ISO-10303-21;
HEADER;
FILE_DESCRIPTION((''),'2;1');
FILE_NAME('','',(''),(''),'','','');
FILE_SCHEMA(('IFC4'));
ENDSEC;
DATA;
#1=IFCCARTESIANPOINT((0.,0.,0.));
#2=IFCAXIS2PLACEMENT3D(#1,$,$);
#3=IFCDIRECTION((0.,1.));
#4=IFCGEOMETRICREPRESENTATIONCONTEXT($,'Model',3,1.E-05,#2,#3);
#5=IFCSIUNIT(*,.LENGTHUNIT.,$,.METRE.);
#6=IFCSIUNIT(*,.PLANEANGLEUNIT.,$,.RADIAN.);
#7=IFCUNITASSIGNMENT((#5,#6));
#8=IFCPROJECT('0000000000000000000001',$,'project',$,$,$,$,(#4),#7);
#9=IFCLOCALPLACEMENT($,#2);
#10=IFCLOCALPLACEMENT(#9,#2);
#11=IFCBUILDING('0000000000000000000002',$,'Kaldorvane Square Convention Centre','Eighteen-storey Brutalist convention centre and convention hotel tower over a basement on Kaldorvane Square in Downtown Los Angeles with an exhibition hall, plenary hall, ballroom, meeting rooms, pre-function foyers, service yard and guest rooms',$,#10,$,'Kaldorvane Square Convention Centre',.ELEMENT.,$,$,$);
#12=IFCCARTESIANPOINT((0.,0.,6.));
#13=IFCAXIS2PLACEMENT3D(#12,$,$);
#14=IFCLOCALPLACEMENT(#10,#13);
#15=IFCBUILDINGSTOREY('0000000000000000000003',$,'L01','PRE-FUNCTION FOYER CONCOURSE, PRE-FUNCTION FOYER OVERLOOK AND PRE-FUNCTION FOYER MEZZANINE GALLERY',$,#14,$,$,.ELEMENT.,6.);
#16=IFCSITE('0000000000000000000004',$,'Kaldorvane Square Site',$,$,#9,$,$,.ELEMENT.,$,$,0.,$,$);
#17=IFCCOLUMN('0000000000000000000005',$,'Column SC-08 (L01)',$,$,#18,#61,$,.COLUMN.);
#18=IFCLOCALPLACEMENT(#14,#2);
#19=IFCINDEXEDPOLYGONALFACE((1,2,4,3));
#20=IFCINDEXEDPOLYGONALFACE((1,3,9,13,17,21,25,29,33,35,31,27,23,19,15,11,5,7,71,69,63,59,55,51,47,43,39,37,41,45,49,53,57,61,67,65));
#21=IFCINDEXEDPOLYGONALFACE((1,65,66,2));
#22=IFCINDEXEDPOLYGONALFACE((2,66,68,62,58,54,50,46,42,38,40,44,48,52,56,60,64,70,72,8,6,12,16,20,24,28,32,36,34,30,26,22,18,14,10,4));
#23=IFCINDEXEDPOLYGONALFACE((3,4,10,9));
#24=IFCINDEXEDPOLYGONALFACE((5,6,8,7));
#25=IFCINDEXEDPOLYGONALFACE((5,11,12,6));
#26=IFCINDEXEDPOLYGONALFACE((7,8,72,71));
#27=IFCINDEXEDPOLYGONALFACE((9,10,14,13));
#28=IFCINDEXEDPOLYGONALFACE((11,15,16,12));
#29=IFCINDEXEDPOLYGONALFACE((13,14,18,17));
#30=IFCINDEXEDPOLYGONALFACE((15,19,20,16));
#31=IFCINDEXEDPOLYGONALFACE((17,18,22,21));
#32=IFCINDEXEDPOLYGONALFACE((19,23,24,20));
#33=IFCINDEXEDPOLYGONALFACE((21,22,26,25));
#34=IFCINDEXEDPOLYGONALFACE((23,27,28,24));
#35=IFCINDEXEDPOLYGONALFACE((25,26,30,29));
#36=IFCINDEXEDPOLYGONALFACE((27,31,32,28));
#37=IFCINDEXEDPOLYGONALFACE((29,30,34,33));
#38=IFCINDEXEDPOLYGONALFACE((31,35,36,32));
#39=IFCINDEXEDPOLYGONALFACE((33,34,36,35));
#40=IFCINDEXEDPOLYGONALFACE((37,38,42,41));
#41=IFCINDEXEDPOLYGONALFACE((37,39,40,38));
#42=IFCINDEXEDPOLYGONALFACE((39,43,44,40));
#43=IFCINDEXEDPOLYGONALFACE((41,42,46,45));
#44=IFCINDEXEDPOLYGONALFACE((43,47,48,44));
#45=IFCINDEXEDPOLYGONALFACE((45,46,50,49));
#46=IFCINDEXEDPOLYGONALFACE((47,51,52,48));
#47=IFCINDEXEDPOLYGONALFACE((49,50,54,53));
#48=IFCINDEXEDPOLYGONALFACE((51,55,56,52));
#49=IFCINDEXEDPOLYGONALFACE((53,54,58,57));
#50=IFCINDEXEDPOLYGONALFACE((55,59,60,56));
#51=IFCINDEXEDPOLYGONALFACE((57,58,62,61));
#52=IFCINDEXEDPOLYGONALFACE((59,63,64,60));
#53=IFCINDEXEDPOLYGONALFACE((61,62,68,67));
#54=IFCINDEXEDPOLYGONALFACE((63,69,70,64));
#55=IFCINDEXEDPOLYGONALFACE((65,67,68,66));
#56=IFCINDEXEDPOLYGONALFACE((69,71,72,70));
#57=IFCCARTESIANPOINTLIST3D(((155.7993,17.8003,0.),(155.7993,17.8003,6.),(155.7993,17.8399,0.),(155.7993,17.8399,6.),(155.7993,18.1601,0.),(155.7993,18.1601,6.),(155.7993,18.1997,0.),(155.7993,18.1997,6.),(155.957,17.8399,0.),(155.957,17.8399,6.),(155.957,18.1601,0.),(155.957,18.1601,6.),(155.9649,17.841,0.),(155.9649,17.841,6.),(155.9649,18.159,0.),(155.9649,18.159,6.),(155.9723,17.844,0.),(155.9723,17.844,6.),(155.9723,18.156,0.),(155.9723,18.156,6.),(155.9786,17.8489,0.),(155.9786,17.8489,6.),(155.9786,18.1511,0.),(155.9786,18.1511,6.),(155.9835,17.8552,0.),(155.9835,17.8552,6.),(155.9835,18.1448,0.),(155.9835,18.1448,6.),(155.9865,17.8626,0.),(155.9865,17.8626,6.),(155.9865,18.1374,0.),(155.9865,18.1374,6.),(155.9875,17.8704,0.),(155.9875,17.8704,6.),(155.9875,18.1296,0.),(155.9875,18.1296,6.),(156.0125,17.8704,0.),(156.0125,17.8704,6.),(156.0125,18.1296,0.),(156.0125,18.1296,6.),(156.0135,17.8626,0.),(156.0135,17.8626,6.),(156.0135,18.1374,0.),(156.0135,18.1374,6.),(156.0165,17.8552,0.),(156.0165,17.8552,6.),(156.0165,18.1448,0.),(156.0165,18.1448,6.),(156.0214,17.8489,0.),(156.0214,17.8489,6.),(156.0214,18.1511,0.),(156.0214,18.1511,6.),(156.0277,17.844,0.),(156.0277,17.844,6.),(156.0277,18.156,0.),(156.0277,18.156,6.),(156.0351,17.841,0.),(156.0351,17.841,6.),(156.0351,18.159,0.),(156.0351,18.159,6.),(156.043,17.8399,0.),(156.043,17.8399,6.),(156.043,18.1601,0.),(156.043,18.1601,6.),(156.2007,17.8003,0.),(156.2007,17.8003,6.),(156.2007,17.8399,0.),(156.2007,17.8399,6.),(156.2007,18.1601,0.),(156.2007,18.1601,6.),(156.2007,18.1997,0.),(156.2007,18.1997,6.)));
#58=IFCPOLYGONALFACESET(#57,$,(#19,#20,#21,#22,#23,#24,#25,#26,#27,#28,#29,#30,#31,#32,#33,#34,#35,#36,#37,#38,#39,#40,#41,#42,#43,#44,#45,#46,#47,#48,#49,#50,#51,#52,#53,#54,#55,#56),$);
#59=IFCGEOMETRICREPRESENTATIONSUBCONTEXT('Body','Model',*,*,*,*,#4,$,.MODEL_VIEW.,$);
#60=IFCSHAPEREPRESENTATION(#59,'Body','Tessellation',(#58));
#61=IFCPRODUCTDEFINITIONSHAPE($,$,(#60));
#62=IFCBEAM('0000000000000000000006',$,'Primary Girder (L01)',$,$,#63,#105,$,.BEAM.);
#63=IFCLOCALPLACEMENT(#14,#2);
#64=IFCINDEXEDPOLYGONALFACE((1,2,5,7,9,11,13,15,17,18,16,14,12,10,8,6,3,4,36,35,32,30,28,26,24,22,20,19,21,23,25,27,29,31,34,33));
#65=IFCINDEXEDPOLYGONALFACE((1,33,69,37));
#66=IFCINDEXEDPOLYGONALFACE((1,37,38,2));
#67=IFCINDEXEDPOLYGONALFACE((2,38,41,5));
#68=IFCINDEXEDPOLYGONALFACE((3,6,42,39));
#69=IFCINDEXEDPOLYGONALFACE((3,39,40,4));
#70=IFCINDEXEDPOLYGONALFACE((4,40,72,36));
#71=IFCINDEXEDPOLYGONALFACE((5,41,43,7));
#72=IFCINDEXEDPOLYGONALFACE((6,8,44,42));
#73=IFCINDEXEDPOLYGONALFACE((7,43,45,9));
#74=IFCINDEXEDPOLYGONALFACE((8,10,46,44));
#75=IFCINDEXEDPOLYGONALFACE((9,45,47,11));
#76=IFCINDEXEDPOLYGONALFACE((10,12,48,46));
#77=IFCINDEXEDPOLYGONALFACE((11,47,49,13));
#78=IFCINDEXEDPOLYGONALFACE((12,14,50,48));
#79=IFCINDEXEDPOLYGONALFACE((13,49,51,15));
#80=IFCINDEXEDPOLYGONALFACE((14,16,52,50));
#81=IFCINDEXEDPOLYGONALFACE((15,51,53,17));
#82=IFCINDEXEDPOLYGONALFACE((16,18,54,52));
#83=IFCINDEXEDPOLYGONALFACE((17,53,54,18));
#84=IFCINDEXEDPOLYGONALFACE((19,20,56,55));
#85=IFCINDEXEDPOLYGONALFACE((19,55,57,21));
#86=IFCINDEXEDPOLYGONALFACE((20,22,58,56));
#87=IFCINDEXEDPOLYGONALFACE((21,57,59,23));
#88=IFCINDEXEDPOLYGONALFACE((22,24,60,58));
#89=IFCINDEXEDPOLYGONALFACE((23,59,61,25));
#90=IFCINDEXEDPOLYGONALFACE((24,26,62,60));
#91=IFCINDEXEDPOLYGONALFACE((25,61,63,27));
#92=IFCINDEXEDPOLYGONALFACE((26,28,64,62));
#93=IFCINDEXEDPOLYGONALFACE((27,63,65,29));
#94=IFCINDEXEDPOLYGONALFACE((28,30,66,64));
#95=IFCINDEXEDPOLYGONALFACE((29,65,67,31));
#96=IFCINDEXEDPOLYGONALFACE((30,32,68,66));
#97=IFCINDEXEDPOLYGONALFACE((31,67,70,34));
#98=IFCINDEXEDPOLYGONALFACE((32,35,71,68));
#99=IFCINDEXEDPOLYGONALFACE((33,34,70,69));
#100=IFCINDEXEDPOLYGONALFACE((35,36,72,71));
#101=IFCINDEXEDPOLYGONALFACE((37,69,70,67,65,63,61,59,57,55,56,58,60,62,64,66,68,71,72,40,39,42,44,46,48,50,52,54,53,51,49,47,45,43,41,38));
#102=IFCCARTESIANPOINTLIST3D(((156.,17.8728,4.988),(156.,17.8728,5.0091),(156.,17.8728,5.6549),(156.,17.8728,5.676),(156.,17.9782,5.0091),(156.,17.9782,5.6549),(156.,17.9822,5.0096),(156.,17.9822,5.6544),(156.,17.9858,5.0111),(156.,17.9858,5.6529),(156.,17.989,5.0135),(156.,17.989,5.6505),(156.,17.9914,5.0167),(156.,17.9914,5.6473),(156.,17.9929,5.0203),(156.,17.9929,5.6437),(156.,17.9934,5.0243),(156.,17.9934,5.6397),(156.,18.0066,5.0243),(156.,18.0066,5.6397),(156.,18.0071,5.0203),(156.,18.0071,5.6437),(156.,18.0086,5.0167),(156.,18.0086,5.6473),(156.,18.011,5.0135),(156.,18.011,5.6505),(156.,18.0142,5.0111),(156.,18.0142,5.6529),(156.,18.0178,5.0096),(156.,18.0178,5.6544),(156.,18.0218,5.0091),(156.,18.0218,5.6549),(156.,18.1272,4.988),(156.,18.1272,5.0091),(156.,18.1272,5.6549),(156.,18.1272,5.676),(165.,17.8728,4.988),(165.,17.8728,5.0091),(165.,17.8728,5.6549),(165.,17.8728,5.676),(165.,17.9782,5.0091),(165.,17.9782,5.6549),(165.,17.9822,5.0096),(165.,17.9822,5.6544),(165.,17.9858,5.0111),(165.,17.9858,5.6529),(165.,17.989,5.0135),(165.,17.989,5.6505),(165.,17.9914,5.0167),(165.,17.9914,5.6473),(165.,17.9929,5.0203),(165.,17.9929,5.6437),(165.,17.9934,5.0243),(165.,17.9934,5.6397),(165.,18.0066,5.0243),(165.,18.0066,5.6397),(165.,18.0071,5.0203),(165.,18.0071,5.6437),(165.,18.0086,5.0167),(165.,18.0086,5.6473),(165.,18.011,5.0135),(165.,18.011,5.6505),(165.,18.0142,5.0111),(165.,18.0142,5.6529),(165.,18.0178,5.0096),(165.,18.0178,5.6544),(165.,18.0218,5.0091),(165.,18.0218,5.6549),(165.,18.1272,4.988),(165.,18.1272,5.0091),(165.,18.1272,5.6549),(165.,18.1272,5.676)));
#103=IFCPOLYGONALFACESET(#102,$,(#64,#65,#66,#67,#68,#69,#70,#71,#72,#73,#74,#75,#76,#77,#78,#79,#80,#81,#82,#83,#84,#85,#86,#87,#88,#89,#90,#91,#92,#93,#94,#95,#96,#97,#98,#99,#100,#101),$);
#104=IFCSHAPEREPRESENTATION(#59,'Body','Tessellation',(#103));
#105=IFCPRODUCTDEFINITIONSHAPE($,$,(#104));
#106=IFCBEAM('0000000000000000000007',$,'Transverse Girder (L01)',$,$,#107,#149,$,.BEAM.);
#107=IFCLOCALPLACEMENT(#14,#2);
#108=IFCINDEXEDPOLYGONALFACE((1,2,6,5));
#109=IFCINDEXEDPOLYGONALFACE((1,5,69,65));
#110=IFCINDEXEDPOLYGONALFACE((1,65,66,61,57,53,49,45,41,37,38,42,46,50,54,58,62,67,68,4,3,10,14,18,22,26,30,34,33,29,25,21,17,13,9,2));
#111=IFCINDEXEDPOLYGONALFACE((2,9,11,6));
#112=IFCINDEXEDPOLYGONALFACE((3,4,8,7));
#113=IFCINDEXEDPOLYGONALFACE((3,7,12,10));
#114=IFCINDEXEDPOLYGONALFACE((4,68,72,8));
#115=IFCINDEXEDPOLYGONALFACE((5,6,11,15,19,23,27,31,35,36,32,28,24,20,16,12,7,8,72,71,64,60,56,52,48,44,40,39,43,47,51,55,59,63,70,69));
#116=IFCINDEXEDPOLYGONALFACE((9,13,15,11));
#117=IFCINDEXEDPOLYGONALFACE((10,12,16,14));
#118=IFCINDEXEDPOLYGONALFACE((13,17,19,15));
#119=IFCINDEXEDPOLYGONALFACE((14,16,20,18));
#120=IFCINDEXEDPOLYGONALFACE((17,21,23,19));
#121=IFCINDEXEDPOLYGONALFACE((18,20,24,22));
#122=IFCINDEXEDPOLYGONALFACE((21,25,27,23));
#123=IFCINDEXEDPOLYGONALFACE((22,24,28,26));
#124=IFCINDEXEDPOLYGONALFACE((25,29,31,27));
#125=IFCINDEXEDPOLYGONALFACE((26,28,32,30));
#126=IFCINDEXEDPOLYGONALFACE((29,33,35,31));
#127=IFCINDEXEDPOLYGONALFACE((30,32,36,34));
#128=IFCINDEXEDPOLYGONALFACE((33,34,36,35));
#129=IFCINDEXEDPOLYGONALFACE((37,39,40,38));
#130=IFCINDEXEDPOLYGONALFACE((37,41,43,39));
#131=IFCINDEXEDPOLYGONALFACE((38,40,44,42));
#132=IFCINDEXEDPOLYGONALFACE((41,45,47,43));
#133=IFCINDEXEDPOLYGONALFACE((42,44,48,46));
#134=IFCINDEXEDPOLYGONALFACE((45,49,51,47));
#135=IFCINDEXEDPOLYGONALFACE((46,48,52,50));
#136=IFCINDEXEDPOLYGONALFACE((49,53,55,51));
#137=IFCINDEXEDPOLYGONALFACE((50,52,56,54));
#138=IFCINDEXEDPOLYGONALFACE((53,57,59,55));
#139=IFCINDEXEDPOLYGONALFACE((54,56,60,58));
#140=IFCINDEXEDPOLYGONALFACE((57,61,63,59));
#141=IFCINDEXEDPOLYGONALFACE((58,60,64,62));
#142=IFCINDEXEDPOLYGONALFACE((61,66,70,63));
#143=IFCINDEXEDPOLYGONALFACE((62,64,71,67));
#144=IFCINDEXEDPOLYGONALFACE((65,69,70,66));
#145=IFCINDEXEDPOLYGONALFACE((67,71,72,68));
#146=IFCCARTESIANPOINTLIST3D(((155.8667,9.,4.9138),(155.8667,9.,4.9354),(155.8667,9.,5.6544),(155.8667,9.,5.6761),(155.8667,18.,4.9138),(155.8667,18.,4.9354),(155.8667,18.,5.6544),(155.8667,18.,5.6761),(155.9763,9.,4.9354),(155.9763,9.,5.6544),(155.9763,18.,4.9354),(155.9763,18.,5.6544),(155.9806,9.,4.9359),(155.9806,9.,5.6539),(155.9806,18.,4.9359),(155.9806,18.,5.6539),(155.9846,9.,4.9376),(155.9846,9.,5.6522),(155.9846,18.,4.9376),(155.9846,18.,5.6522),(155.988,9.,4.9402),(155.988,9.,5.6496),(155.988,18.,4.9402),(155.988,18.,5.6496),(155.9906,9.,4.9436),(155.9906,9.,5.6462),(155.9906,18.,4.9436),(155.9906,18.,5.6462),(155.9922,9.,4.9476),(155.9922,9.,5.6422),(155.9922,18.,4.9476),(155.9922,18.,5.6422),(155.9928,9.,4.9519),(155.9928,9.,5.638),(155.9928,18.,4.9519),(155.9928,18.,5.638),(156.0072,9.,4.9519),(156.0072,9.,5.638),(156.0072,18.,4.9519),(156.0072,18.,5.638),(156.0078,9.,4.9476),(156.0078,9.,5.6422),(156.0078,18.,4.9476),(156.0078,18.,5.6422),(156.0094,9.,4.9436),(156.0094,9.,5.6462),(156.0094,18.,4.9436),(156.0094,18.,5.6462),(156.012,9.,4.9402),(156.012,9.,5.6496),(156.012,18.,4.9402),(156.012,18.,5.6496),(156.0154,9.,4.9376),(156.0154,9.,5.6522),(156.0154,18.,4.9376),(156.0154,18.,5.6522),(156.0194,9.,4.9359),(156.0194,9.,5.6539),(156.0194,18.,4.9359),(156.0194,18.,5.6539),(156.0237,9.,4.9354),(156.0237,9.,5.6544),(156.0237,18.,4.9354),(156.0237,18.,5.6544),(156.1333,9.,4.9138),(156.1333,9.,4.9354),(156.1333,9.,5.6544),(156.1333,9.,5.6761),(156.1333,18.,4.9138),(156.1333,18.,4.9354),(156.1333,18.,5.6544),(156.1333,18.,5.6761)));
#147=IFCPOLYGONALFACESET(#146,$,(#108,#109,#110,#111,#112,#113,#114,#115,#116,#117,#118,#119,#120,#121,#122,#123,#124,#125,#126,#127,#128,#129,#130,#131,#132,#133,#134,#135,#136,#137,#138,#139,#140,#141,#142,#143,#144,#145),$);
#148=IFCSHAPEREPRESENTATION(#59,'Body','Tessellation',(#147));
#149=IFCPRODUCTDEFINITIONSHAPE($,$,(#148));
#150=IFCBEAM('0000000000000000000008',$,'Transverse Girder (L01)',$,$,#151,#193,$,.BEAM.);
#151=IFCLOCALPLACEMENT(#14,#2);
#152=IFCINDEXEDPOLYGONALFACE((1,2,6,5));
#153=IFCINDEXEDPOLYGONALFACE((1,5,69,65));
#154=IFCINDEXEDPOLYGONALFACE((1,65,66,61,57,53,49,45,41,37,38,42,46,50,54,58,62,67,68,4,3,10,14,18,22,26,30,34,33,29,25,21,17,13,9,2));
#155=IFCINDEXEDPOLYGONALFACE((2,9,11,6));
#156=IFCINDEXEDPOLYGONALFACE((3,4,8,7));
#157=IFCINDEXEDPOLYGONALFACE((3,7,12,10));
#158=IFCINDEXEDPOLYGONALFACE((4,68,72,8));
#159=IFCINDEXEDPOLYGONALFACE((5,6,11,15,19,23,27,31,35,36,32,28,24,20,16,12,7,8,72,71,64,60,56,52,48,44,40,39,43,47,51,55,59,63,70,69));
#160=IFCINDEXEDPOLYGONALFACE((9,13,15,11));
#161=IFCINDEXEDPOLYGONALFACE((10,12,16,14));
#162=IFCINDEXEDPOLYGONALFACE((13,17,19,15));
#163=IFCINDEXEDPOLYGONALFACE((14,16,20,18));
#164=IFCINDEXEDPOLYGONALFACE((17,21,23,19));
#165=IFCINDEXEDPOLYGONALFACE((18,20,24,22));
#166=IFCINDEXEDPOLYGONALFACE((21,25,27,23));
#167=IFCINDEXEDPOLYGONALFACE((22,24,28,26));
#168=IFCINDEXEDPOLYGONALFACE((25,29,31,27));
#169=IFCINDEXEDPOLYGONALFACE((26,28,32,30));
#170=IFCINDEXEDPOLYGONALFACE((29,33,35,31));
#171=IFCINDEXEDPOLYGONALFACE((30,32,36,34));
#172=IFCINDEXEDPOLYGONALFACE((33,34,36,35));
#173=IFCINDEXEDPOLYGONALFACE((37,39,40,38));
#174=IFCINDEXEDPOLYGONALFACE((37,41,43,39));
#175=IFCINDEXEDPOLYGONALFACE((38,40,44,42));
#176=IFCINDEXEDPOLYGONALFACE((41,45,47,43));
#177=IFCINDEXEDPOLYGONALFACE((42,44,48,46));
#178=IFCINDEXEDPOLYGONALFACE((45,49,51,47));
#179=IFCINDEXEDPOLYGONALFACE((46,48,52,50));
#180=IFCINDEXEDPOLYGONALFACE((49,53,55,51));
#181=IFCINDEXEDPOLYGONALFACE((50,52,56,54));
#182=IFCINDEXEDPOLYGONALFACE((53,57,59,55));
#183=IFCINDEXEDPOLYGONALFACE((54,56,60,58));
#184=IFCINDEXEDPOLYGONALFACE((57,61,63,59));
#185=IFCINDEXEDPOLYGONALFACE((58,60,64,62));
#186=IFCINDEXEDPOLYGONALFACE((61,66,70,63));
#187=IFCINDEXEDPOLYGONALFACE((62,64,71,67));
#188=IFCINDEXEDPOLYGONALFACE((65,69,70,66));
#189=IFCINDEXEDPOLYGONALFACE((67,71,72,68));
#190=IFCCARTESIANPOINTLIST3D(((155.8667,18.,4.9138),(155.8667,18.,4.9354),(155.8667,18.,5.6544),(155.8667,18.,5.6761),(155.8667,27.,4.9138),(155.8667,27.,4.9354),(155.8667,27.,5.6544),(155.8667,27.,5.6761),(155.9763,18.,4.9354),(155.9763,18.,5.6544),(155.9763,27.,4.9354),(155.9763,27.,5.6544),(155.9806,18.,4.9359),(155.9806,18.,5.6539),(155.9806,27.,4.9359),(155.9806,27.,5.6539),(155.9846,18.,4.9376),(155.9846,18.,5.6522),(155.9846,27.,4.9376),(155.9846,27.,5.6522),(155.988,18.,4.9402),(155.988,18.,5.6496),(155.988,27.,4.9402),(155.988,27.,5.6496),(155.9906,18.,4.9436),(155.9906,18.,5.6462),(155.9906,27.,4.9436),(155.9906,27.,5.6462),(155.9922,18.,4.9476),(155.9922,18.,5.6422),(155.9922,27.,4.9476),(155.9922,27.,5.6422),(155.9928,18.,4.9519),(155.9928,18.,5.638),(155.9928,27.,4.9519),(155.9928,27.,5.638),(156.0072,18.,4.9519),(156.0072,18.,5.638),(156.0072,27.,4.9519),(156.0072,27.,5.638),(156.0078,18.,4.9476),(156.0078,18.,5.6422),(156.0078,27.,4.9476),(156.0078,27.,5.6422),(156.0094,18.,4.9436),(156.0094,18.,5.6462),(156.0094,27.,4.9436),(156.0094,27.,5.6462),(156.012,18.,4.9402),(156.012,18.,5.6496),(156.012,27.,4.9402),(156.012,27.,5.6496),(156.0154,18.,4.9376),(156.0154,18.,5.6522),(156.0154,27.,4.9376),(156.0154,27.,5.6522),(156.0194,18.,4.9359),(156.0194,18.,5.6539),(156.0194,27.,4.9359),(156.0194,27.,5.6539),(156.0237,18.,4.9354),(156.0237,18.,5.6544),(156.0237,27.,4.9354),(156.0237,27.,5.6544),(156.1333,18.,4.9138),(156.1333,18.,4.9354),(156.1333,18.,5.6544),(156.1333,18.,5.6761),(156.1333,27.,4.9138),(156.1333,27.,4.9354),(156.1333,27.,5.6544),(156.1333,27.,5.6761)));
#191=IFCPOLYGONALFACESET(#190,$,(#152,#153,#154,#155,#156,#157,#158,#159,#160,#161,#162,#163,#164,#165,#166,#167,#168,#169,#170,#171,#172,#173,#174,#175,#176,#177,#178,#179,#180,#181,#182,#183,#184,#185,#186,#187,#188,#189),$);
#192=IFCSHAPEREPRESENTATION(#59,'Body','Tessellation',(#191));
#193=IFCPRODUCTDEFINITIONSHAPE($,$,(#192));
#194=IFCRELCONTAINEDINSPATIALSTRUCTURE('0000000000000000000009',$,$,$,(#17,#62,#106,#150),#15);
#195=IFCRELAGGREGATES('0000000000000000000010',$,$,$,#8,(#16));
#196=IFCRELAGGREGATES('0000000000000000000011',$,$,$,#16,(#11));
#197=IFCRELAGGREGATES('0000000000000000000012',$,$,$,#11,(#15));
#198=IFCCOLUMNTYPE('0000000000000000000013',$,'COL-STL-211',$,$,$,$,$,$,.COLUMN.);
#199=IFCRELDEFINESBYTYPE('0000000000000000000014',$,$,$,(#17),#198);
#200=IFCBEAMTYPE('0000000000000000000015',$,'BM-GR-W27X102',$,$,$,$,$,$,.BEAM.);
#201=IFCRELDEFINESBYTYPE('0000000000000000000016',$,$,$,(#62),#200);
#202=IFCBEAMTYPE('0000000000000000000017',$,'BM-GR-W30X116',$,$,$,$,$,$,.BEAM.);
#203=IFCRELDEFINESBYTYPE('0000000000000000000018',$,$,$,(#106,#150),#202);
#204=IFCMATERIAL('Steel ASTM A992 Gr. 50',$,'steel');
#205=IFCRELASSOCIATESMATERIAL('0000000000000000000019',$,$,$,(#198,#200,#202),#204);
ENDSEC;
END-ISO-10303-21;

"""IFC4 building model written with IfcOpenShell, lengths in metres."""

from ifc_helpers import new_model, si_unit, direction, frame, origin, origin_2d, place, context, subcontext, project, spatial, i_section, extrude, material, material_profile, profile_set, type_object, element, save


model = new_model("IFC4")

# Units and contexts
model_context = context("Model", 3, precision=1e-05, world=origin(), true_north=direction((0.0, 1.0)))
body_context = subcontext(model_context, "Body", "Model", "MODEL_VIEW")
ifc_project = project(units=[si_unit("LENGTHUNIT", "METRE"), si_unit("PLANEANGLEUNIT", "RADIAN")], contexts=[model_context])

# Site, building, storey
site_placement = place(None, origin())
site = spatial("IfcSite", under=ifc_project, at=site_placement, Name="Kaldorvane Square Site", CompositionType="ELEMENT", RefElevation=0.0)
building_placement = place(site_placement, origin())
building = spatial("IfcBuilding", under=site, at=building_placement, Name="Kaldorvane Square Convention Centre", Description="Eighteen-storey Brutalist convention centre and convention hotel tower over a basement on Kaldorvane Square in Downtown Los Angeles with an exhibition hall, plenary hall, ballroom, meeting rooms, pre-function foyers, service yard and guest rooms", LongName="Kaldorvane Square Convention Centre", CompositionType="ELEMENT")
storey_placement = place(building_placement, frame((0.0, 0.0, 6.0)))
storey = spatial("IfcBuildingStorey", under=building, at=storey_placement, Name="L01", Description="PRE-FUNCTION FOYER CONCOURSE, PRE-FUNCTION FOYER OVERLOOK AND PRE-FUNCTION FOYER MEZZANINE GALLERY", CompositionType="ELEMENT", Elevation=6.0)

# Column
ifc_material_1 = material(Name="Steel ASTM A992 Gr. 50", Category="steel")
ifc_material_profile_1 = material_profile(ifc_material_1, i_section(OverallWidth=0.4013, OverallDepth=0.3993, WebThickness=0.0249, FlangeThickness=0.0396, FilletRadius=0.0305, at=origin_2d()), Name="W14X211")
ifc_profile_set_1 = profile_set([ifc_material_profile_1], Name="Steel ASTM A992 Gr. 50")
column_type = type_object("IfcColumnType", Name="COL-STL-211", PredefinedType="COLUMN", material=ifc_profile_set_1)
column_placement = place(storey_placement, frame((156.0, 18.0, 0.0), z_axis=(0.0, 0.0, 1.0), x_axis=(1.0, 0.0, 0.0)))
element("IfcColumn", 1, at=column_placement, inside=storey, type_object=column_type, Name="Column SC-08 (L01)", PredefinedType="COLUMN", context=body_context, shape_type="SweptSolid", body=[
    extrude(i_section(OverallWidth=0.4013, OverallDepth=0.3993, WebThickness=0.0249, FlangeThickness=0.0396, FilletRadius=0.0305, at=origin_2d()), origin(), (0.0, 0.0, 1.0), 6.0),
])

# Beams
ifc_material_profile_2 = material_profile(ifc_material_1, i_section(OverallWidth=0.2544, OverallDepth=0.6881, WebThickness=0.0131, FlangeThickness=0.0211, FilletRadius=0.0152, at=origin_2d()), Name="W27X102")
ifc_profile_set_2 = profile_set([ifc_material_profile_2], Name="Steel ASTM A992 Gr. 50")
beam_type_1 = type_object("IfcBeamType", Name="BM-GR-W27X102", PredefinedType="BEAM", material=ifc_profile_set_2)
beam_placement = place(storey_placement, frame((156.0, 18.0, 5.332), z_axis=(1.0, 0.0, 0.0), x_axis=(0.0, 1.0, 0.0)))
element("IfcBeam", 2, at=beam_placement, inside=storey, type_object=beam_type_1, Name="Primary Girder (L01)", PredefinedType="BEAM", context=body_context, shape_type="SweptSolid", body=[
    extrude(i_section(OverallWidth=0.2544, OverallDepth=0.6881, WebThickness=0.0131, FlangeThickness=0.0211, FilletRadius=0.0152, at=origin_2d()), origin(), (0.0, 0.0, 1.0), 9.0),
])
ifc_material_profile_3 = material_profile(ifc_material_1, i_section(OverallWidth=0.2666, OverallDepth=0.7623, WebThickness=0.0144, FlangeThickness=0.0216, FilletRadius=0.0165, at=origin_2d()), Name="W30X116")
ifc_profile_set_3 = profile_set([ifc_material_profile_3], Name="Steel ASTM A992 Gr. 50")
beam_type_2 = type_object("IfcBeamType", Name="BM-GR-W30X116", PredefinedType="BEAM", material=ifc_profile_set_3)
for number, where, z_axis, x_axis, name in (
    (3, (156.0, 9.0, 5.2949), (0.0, 1.0, 0.0), (-1.0, 0.0, 0.0), "Transverse Girder (L01)"),
    (4, (156.0, 18.0, 5.2949), (0.0, 1.0, 0.0), (-1.0, 0.0, 0.0), "Transverse Girder (L01)"),
):
    element("IfcBeam", number, at=place(storey_placement, frame(where, z_axis=z_axis, x_axis=x_axis)), inside=storey, type_object=beam_type_2, Name=name, PredefinedType="BEAM", context=body_context, shape_type="SweptSolid", body=[
        extrude(i_section(OverallWidth=0.2666, OverallDepth=0.7623, WebThickness=0.0144, FlangeThickness=0.0216, FilletRadius=0.0165, at=origin_2d()), origin(), (0.0, 0.0, 1.0), 9.0),
    ])

save(model, "model.ifc")
